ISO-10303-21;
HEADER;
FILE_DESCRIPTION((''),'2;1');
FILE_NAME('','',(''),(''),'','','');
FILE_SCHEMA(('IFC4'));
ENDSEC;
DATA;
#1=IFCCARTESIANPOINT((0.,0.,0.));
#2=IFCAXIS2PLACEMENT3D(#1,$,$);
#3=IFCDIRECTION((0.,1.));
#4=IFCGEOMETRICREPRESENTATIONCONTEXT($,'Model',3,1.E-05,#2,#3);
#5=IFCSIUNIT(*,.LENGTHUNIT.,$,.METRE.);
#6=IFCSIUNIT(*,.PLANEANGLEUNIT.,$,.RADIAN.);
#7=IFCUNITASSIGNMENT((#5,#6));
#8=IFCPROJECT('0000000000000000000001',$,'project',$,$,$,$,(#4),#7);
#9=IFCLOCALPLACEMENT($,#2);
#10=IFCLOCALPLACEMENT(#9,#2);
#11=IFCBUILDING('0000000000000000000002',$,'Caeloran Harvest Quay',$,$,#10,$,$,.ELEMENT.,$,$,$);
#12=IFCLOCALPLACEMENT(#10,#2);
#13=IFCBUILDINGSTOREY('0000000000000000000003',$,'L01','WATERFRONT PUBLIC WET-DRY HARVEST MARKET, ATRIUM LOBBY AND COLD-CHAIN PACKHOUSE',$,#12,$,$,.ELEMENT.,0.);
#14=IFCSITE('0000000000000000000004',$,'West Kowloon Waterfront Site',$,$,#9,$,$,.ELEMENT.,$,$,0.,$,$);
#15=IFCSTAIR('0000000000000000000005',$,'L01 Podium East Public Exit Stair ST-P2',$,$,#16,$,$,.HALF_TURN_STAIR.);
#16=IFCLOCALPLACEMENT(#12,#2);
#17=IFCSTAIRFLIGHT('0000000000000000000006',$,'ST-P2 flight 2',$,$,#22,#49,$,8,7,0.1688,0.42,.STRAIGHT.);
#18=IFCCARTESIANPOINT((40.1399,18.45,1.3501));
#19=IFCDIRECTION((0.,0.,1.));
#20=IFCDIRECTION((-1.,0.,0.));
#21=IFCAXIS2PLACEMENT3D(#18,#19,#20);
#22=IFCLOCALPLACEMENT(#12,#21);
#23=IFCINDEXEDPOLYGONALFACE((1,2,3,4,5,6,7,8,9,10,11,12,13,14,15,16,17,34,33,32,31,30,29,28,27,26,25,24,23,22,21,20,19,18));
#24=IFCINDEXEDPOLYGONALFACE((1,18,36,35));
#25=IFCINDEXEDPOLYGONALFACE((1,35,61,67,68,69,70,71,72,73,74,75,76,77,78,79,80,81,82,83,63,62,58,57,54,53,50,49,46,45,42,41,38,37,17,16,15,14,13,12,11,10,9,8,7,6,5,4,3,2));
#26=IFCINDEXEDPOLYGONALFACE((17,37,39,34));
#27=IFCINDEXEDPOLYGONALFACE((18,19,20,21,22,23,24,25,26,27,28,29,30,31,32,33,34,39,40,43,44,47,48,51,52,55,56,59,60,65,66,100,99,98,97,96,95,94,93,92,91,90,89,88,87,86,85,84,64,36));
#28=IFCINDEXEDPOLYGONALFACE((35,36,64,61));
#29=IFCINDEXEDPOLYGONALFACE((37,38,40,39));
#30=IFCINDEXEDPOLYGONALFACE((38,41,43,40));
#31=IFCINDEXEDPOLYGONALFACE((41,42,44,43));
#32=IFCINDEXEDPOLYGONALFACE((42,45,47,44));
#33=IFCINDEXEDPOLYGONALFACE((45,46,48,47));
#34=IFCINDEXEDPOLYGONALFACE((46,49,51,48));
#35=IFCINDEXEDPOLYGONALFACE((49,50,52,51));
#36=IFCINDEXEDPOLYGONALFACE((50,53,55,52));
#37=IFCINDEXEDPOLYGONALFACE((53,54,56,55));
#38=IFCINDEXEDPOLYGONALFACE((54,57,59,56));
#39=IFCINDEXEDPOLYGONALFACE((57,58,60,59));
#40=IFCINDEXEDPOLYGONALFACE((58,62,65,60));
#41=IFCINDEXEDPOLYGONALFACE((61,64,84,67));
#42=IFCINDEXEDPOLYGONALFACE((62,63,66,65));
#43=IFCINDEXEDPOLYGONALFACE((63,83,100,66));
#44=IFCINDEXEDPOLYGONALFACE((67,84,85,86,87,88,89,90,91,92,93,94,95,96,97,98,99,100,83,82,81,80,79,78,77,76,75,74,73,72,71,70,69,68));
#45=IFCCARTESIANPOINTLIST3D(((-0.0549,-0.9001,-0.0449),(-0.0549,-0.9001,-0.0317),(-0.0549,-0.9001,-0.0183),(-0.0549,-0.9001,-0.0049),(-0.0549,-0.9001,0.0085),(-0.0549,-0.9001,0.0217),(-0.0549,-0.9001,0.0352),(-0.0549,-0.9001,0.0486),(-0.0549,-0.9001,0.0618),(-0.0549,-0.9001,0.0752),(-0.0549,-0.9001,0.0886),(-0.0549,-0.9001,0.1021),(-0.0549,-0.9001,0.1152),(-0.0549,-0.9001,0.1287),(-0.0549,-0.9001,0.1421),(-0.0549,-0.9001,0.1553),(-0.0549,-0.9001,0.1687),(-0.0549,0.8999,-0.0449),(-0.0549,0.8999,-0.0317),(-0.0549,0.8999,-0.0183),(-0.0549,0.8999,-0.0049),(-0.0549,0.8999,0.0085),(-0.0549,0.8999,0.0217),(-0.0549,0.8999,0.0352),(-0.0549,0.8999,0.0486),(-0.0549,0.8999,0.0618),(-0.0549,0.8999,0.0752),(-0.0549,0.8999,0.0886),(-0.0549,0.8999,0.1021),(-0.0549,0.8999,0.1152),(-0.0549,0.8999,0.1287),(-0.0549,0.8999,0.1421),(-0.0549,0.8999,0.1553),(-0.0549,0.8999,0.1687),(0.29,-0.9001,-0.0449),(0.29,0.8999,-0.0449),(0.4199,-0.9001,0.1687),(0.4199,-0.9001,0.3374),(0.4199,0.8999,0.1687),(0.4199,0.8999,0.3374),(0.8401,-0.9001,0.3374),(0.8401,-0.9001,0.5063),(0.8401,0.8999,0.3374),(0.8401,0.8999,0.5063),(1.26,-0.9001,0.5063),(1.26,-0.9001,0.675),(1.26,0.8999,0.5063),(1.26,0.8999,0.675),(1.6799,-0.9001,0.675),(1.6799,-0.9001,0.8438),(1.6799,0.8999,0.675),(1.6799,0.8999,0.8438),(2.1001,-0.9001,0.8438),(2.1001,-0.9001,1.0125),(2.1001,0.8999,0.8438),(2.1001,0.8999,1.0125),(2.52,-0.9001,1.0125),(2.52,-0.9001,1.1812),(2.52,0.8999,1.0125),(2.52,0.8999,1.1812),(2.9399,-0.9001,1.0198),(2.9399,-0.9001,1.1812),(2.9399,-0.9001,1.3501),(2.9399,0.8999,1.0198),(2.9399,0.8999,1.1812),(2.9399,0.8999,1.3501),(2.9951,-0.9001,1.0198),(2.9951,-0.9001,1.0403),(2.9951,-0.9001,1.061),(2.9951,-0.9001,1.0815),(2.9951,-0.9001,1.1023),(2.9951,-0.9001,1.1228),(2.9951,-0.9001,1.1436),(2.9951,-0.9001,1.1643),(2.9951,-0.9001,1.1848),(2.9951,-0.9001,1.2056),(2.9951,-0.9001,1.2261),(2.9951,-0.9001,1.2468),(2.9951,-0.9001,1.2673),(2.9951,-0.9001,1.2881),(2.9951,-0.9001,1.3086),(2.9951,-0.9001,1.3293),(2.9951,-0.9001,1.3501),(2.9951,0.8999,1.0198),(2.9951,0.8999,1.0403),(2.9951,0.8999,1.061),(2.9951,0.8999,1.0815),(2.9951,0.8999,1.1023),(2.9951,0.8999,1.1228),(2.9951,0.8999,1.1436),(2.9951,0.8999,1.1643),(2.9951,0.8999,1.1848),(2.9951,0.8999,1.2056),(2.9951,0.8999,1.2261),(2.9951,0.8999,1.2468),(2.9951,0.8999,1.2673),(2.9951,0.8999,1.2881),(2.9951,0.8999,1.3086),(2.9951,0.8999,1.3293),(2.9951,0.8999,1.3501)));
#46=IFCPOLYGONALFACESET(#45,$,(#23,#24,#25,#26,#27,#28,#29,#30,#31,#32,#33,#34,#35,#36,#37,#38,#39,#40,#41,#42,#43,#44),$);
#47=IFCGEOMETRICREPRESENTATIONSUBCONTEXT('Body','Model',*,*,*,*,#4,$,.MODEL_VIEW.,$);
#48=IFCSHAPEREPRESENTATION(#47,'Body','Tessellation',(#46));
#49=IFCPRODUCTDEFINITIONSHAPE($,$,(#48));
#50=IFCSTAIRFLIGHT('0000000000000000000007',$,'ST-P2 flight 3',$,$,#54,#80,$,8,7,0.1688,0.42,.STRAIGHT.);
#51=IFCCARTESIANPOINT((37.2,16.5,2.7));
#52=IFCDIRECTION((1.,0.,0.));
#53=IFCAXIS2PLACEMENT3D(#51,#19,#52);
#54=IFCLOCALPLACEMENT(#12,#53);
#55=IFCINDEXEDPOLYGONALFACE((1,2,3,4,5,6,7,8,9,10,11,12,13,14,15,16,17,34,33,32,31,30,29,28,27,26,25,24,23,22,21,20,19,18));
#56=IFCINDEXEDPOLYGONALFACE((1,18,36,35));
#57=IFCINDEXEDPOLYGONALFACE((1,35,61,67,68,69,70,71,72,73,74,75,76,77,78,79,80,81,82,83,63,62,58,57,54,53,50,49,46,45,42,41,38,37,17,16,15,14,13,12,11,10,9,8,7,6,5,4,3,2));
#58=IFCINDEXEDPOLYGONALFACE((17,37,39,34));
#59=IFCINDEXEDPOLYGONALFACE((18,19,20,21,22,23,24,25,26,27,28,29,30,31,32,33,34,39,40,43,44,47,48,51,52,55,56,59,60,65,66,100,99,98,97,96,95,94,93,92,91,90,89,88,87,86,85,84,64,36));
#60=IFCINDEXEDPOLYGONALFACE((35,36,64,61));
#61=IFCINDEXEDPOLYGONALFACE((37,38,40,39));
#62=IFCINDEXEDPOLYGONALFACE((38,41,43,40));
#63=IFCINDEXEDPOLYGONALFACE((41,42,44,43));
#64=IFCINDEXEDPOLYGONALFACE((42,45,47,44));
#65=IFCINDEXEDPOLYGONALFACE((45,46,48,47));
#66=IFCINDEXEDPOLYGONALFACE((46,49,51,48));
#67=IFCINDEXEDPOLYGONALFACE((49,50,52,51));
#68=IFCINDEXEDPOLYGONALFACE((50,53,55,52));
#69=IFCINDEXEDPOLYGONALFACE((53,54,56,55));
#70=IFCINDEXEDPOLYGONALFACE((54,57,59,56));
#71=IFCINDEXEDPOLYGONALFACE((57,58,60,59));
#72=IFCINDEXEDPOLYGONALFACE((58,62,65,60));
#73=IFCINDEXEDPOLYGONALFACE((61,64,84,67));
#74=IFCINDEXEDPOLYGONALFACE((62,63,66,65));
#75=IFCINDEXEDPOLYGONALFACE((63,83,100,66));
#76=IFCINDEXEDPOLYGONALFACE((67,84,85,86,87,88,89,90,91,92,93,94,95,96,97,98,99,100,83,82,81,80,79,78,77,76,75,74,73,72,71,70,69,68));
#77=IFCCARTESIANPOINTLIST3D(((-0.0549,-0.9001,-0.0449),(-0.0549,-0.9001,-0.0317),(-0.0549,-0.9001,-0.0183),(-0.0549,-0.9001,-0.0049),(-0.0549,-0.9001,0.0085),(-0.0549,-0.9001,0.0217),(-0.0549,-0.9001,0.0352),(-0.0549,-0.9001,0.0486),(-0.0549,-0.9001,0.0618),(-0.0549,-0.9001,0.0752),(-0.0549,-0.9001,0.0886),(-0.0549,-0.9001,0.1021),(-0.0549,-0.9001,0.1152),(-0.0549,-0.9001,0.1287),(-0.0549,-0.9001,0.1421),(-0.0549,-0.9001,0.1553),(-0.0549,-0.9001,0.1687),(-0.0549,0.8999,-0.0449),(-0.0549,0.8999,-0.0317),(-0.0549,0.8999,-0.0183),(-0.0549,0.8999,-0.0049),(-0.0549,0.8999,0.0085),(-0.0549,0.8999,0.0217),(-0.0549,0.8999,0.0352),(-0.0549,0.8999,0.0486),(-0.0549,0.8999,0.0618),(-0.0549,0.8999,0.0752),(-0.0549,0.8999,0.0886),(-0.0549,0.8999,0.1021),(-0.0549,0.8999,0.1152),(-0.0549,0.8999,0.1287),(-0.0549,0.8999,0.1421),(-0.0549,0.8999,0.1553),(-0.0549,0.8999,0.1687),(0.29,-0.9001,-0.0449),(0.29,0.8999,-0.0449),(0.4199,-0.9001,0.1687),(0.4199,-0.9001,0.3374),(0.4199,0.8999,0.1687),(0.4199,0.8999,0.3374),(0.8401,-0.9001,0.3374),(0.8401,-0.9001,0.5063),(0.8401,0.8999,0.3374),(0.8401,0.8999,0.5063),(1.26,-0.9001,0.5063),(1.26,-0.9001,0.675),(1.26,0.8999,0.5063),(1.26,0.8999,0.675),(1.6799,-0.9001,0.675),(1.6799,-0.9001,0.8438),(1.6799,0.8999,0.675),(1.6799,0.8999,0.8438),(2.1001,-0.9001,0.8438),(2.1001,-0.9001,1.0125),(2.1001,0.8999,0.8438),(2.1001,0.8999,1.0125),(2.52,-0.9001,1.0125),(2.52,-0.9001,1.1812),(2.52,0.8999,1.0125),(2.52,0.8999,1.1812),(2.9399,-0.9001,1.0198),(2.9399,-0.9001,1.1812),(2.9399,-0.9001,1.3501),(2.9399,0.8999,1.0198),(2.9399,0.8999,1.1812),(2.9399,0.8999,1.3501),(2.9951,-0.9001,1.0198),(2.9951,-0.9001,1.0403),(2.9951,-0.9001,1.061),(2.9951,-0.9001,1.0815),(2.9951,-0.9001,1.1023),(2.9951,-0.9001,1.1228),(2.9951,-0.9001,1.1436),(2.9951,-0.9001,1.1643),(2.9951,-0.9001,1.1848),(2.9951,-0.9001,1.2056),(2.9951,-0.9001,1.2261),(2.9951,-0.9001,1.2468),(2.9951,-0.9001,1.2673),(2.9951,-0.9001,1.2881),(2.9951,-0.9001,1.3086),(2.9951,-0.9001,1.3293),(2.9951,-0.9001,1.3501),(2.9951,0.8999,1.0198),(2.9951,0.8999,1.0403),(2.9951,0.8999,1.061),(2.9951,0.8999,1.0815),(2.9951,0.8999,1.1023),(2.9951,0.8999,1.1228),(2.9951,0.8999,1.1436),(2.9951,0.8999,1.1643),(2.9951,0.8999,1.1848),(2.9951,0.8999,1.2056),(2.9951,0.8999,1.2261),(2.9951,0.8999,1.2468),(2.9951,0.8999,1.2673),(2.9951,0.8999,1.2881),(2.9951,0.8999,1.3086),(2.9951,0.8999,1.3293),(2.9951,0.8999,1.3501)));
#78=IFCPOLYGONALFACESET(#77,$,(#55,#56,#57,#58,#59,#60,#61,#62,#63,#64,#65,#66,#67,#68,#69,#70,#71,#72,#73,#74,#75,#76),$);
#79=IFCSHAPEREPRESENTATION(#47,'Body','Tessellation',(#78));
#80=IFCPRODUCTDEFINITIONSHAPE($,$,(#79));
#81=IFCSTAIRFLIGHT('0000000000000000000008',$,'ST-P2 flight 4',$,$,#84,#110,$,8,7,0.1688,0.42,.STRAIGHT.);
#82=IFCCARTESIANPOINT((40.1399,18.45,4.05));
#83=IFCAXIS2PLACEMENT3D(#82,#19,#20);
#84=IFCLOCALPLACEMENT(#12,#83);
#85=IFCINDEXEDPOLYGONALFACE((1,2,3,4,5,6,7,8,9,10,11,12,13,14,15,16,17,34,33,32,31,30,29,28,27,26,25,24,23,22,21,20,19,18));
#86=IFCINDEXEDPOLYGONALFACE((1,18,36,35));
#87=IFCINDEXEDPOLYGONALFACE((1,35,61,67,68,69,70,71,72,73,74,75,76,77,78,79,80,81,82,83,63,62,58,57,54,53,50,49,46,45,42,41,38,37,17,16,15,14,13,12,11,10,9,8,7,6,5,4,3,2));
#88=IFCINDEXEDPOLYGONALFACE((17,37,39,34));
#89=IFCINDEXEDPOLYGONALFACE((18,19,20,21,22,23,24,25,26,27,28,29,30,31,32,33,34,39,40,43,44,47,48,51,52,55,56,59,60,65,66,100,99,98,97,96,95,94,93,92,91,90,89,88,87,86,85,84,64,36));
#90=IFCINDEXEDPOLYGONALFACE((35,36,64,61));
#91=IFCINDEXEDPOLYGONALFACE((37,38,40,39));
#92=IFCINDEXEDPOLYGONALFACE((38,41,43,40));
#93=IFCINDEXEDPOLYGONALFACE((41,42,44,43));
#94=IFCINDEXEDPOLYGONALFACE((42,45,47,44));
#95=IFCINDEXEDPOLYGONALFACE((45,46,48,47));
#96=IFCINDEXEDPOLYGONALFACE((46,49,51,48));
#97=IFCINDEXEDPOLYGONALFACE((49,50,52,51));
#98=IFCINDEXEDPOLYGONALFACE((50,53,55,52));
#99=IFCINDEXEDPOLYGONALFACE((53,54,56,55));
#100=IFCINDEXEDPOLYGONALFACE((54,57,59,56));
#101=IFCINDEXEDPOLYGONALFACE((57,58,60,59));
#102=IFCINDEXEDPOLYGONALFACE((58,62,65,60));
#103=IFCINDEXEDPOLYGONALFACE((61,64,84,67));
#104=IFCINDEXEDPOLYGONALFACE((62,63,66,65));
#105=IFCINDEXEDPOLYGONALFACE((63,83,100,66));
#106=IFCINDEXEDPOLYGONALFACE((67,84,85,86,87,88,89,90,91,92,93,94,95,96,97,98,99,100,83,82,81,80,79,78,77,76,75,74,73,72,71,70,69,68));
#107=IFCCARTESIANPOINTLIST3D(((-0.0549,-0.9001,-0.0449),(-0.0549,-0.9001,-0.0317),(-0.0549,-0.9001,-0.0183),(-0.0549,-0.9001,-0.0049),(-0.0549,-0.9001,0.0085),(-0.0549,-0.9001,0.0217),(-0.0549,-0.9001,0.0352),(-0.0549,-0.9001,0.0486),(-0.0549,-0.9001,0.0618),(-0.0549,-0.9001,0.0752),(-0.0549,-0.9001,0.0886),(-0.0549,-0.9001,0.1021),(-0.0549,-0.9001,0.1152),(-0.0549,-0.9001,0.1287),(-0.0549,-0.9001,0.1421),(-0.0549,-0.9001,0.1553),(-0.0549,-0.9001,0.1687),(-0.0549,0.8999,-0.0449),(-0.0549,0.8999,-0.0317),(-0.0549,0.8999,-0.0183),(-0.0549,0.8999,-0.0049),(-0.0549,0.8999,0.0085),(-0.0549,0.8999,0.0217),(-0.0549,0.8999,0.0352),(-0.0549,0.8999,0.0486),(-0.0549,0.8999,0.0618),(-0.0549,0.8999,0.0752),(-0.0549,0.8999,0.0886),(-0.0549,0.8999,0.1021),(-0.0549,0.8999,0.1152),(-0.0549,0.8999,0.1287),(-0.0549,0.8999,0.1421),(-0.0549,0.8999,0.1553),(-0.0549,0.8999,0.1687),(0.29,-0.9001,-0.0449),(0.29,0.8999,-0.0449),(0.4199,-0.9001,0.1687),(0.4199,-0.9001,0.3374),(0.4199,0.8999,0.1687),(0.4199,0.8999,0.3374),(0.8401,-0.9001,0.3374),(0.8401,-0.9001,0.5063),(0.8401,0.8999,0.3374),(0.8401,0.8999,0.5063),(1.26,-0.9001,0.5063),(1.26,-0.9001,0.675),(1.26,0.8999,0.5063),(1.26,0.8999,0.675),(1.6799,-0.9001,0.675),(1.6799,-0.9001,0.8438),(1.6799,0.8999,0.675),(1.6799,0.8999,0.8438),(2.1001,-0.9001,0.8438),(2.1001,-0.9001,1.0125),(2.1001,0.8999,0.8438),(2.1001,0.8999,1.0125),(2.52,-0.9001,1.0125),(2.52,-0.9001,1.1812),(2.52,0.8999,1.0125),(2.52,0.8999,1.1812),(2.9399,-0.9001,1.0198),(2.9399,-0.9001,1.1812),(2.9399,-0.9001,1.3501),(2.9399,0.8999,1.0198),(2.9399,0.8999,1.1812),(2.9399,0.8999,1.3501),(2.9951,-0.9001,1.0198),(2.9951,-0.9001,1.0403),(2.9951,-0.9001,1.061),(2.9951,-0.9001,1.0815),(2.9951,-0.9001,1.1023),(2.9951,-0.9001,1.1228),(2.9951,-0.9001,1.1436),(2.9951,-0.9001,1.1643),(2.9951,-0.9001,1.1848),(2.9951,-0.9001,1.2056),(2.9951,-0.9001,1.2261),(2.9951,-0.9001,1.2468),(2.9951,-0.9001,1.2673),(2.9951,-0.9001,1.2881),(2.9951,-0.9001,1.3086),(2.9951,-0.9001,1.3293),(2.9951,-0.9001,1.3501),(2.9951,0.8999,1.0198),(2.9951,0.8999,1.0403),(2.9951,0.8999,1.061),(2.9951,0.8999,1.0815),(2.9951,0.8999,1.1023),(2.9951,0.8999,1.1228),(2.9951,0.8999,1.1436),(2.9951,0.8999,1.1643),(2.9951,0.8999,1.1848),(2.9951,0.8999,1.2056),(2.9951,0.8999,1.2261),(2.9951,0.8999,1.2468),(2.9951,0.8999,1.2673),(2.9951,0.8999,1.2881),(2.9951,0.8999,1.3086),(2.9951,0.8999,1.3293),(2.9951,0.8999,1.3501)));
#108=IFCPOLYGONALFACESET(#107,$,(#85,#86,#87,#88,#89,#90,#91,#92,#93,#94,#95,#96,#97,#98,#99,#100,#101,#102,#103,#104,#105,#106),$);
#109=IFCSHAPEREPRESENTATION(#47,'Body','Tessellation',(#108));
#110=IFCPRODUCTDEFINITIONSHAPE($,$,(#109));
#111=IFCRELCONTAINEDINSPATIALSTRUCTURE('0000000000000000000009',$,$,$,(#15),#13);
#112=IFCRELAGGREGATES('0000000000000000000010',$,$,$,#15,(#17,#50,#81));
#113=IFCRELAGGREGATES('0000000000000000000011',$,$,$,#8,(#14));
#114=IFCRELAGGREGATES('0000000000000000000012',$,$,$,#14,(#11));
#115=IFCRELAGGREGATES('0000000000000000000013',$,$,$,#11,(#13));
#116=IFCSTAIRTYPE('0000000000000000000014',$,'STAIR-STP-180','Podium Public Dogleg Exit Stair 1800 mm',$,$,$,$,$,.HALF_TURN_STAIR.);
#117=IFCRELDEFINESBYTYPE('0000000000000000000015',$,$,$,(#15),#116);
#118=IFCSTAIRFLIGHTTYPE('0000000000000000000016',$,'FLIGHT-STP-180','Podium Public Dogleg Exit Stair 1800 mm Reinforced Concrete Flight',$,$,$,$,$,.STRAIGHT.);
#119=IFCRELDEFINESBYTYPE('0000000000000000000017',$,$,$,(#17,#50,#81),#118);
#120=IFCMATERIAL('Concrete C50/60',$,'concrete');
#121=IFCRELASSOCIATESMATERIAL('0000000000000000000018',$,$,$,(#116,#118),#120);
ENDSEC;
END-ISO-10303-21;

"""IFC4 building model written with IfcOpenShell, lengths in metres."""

from ifc_helpers import new_model, si_unit, direction, frame, origin, place, context, subcontext, project, spatial, polyline, outline, extrude, material, type_object, element, aggregate, save


model = new_model("IFC4")

# Units and contexts
model_context = context("Model", 3, precision=1e-05, world=origin(), true_north=direction((0.0, 1.0)))
body_context = subcontext(model_context, "Body", "Model", "MODEL_VIEW")
ifc_project = project(units=[si_unit("LENGTHUNIT", "METRE"), si_unit("PLANEANGLEUNIT", "RADIAN")], contexts=[model_context])

# Site, building, storey
site_placement = place(None, origin())
site = spatial("IfcSite", under=ifc_project, at=site_placement, Name="West Kowloon Waterfront Site", CompositionType="ELEMENT", RefElevation=0.0)
building_placement = place(site_placement, origin())
building = spatial("IfcBuilding", under=site, at=building_placement, Name="Caeloran Harvest Quay", CompositionType="ELEMENT")
storey_placement = place(building_placement, origin())
storey = spatial("IfcBuildingStorey", under=building, at=storey_placement, Name="L01", Description="WATERFRONT PUBLIC WET-DRY HARVEST MARKET, ATRIUM LOBBY AND COLD-CHAIN PACKHOUSE", CompositionType="ELEMENT", Elevation=0.0)

# Stair, stair flights
ifc_material_1 = material(Name="Concrete C50/60", Category="concrete")
stair_type = type_object("IfcStairType", Name="STAIR-STP-180", Description="Podium Public Dogleg Exit Stair 1800 mm", PredefinedType="HALF_TURN_STAIR", material=ifc_material_1)
stair_placement = place(storey_placement, origin())
stair = element("IfcStair", 1, at=stair_placement, inside=storey, type_object=stair_type, Name="L01 Podium East Public Exit Stair ST-P2", PredefinedType="HALF_TURN_STAIR")
stair_flight_type = type_object("IfcStairFlightType", Name="FLIGHT-STP-180", Description="Podium Public Dogleg Exit Stair 1800 mm Reinforced Concrete Flight", PredefinedType="STRAIGHT", material=ifc_material_1)
stair_flight_1_placement = place(storey_placement, frame((40.1399, 18.45, 1.3501), z_axis=(0.0, 0.0, 1.0), x_axis=(-1.0, 0.0, 0.0)))
stair_flight_1 = element("IfcStairFlight", 2, at=stair_flight_1_placement, type_object=stair_flight_type, Name="ST-P2 flight 2", NumberOfRisers=8, NumberOfTreads=7, PredefinedType="STRAIGHT", RiserHeight=0.1688, TreadLength=0.42, context=body_context, shape_type="SweptSolid", body=[
    extrude(outline(polyline([(-0.0549, -0.0449), (-0.0549, -0.0317), (-0.0549, -0.0183), (-0.0549, -0.0049), (-0.0549, 0.0085), (-0.0549, 0.0217), (-0.0549, 0.0352), (-0.0549, 0.0486), (-0.0549, 0.0618), (-0.0549, 0.0752), (-0.0549, 0.0886), (-0.0549, 0.1021), (-0.0549, 0.1152), (-0.0549, 0.1287), (-0.0549, 0.1421), (-0.0549, 0.1553), (-0.0549, 0.1687), (0.4199, 0.1687), (0.4199, 0.3374), (0.8401, 0.3374), (0.8401, 0.5063), (1.26, 0.5063), (1.26, 0.675), (1.6799, 0.675), (1.6799, 0.8438), (2.1001, 0.8438), (2.1001, 1.0125), (2.52, 1.0125), (2.52, 1.1812), (2.9399, 1.1812), (2.9399, 1.3501), (2.9951, 1.3501), (2.9951, 1.3293), (2.9951, 1.3086), (2.9951, 1.2881), (2.9951, 1.2673), (2.9951, 1.2468), (2.9951, 1.2261), (2.9951, 1.2056), (2.9951, 1.1848), (2.9951, 1.1643), (2.9951, 1.1436), (2.9951, 1.1228), (2.9951, 1.1023), (2.9951, 1.0815), (2.9951, 1.061), (2.9951, 1.0403), (2.9951, 1.0198), (2.9399, 1.0198), (0.29, -0.0449), (-0.0549, -0.0449)])), frame((0.0, 0.8999, 0.0), z_axis=(0.0, -1.0, 0.0), x_axis=(1.0, 0.0, 0.0)), (0.0, 0.0, 1.0), 1.8),
])
stair_flight_2_placement = place(storey_placement, frame((37.2, 16.5, 2.7), z_axis=(0.0, 0.0, 1.0), x_axis=(1.0, 0.0, 0.0)))
stair_flight_2 = element("IfcStairFlight", 3, at=stair_flight_2_placement, type_object=stair_flight_type, Name="ST-P2 flight 3", NumberOfRisers=8, NumberOfTreads=7, PredefinedType="STRAIGHT", RiserHeight=0.1688, TreadLength=0.42, context=body_context, shape_type="SweptSolid", body=[
    extrude(outline(polyline([(-0.0549, -0.0449), (-0.0549, -0.0317), (-0.0549, -0.0183), (-0.0549, -0.0049), (-0.0549, 0.0085), (-0.0549, 0.0217), (-0.0549, 0.0352), (-0.0549, 0.0486), (-0.0549, 0.0618), (-0.0549, 0.0752), (-0.0549, 0.0886), (-0.0549, 0.1021), (-0.0549, 0.1152), (-0.0549, 0.1287), (-0.0549, 0.1421), (-0.0549, 0.1553), (-0.0549, 0.1687), (0.4199, 0.1687), (0.4199, 0.3374), (0.8401, 0.3374), (0.8401, 0.5063), (1.26, 0.5063), (1.26, 0.675), (1.6799, 0.675), (1.6799, 0.8438), (2.1001, 0.8438), (2.1001, 1.0125), (2.52, 1.0125), (2.52, 1.1812), (2.9399, 1.1812), (2.9399, 1.3501), (2.9951, 1.3501), (2.9951, 1.3293), (2.9951, 1.3086), (2.9951, 1.2881), (2.9951, 1.2673), (2.9951, 1.2468), (2.9951, 1.2261), (2.9951, 1.2056), (2.9951, 1.1848), (2.9951, 1.1643), (2.9951, 1.1436), (2.9951, 1.1228), (2.9951, 1.1023), (2.9951, 1.0815), (2.9951, 1.061), (2.9951, 1.0403), (2.9951, 1.0198), (2.9399, 1.0198), (0.29, -0.0449), (-0.0549, -0.0449)])), frame((0.0, 0.8999, 0.0), z_axis=(0.0, -1.0, 0.0), x_axis=(1.0, 0.0, 0.0)), (0.0, 0.0, 1.0), 1.8),
])
stair_flight_3_placement = place(storey_placement, frame((40.1399, 18.45, 4.05), z_axis=(0.0, 0.0, 1.0), x_axis=(-1.0, 0.0, 0.0)))
stair_flight_3 = element("IfcStairFlight", 4, at=stair_flight_3_placement, type_object=stair_flight_type, Name="ST-P2 flight 4", NumberOfRisers=8, NumberOfTreads=7, PredefinedType="STRAIGHT", RiserHeight=0.1688, TreadLength=0.42, context=body_context, shape_type="SweptSolid", body=[
    extrude(outline(polyline([(-0.0549, -0.0449), (-0.0549, -0.0317), (-0.0549, -0.0183), (-0.0549, -0.0049), (-0.0549, 0.0085), (-0.0549, 0.0217), (-0.0549, 0.0352), (-0.0549, 0.0486), (-0.0549, 0.0618), (-0.0549, 0.0752), (-0.0549, 0.0886), (-0.0549, 0.1021), (-0.0549, 0.1152), (-0.0549, 0.1287), (-0.0549, 0.1421), (-0.0549, 0.1553), (-0.0549, 0.1687), (0.4199, 0.1687), (0.4199, 0.3374), (0.8401, 0.3374), (0.8401, 0.5063), (1.26, 0.5063), (1.26, 0.675), (1.6799, 0.675), (1.6799, 0.8438), (2.1001, 0.8438), (2.1001, 1.0125), (2.52, 1.0125), (2.52, 1.1812), (2.9399, 1.1812), (2.9399, 1.3501), (2.9951, 1.3501), (2.9951, 1.3293), (2.9951, 1.3086), (2.9951, 1.2881), (2.9951, 1.2673), (2.9951, 1.2468), (2.9951, 1.2261), (2.9951, 1.2056), (2.9951, 1.1848), (2.9951, 1.1643), (2.9951, 1.1436), (2.9951, 1.1228), (2.9951, 1.1023), (2.9951, 1.0815), (2.9951, 1.061), (2.9951, 1.0403), (2.9951, 1.0198), (2.9399, 1.0198), (0.29, -0.0449), (-0.0549, -0.0449)])), frame((0.0, 0.8999, 0.0), z_axis=(0.0, -1.0, 0.0), x_axis=(1.0, 0.0, 0.0)), (0.0, 0.0, 1.0), 1.8),
])
aggregate(stair, [stair_flight_1, stair_flight_2, stair_flight_3])

save(model, "model.ifc")
